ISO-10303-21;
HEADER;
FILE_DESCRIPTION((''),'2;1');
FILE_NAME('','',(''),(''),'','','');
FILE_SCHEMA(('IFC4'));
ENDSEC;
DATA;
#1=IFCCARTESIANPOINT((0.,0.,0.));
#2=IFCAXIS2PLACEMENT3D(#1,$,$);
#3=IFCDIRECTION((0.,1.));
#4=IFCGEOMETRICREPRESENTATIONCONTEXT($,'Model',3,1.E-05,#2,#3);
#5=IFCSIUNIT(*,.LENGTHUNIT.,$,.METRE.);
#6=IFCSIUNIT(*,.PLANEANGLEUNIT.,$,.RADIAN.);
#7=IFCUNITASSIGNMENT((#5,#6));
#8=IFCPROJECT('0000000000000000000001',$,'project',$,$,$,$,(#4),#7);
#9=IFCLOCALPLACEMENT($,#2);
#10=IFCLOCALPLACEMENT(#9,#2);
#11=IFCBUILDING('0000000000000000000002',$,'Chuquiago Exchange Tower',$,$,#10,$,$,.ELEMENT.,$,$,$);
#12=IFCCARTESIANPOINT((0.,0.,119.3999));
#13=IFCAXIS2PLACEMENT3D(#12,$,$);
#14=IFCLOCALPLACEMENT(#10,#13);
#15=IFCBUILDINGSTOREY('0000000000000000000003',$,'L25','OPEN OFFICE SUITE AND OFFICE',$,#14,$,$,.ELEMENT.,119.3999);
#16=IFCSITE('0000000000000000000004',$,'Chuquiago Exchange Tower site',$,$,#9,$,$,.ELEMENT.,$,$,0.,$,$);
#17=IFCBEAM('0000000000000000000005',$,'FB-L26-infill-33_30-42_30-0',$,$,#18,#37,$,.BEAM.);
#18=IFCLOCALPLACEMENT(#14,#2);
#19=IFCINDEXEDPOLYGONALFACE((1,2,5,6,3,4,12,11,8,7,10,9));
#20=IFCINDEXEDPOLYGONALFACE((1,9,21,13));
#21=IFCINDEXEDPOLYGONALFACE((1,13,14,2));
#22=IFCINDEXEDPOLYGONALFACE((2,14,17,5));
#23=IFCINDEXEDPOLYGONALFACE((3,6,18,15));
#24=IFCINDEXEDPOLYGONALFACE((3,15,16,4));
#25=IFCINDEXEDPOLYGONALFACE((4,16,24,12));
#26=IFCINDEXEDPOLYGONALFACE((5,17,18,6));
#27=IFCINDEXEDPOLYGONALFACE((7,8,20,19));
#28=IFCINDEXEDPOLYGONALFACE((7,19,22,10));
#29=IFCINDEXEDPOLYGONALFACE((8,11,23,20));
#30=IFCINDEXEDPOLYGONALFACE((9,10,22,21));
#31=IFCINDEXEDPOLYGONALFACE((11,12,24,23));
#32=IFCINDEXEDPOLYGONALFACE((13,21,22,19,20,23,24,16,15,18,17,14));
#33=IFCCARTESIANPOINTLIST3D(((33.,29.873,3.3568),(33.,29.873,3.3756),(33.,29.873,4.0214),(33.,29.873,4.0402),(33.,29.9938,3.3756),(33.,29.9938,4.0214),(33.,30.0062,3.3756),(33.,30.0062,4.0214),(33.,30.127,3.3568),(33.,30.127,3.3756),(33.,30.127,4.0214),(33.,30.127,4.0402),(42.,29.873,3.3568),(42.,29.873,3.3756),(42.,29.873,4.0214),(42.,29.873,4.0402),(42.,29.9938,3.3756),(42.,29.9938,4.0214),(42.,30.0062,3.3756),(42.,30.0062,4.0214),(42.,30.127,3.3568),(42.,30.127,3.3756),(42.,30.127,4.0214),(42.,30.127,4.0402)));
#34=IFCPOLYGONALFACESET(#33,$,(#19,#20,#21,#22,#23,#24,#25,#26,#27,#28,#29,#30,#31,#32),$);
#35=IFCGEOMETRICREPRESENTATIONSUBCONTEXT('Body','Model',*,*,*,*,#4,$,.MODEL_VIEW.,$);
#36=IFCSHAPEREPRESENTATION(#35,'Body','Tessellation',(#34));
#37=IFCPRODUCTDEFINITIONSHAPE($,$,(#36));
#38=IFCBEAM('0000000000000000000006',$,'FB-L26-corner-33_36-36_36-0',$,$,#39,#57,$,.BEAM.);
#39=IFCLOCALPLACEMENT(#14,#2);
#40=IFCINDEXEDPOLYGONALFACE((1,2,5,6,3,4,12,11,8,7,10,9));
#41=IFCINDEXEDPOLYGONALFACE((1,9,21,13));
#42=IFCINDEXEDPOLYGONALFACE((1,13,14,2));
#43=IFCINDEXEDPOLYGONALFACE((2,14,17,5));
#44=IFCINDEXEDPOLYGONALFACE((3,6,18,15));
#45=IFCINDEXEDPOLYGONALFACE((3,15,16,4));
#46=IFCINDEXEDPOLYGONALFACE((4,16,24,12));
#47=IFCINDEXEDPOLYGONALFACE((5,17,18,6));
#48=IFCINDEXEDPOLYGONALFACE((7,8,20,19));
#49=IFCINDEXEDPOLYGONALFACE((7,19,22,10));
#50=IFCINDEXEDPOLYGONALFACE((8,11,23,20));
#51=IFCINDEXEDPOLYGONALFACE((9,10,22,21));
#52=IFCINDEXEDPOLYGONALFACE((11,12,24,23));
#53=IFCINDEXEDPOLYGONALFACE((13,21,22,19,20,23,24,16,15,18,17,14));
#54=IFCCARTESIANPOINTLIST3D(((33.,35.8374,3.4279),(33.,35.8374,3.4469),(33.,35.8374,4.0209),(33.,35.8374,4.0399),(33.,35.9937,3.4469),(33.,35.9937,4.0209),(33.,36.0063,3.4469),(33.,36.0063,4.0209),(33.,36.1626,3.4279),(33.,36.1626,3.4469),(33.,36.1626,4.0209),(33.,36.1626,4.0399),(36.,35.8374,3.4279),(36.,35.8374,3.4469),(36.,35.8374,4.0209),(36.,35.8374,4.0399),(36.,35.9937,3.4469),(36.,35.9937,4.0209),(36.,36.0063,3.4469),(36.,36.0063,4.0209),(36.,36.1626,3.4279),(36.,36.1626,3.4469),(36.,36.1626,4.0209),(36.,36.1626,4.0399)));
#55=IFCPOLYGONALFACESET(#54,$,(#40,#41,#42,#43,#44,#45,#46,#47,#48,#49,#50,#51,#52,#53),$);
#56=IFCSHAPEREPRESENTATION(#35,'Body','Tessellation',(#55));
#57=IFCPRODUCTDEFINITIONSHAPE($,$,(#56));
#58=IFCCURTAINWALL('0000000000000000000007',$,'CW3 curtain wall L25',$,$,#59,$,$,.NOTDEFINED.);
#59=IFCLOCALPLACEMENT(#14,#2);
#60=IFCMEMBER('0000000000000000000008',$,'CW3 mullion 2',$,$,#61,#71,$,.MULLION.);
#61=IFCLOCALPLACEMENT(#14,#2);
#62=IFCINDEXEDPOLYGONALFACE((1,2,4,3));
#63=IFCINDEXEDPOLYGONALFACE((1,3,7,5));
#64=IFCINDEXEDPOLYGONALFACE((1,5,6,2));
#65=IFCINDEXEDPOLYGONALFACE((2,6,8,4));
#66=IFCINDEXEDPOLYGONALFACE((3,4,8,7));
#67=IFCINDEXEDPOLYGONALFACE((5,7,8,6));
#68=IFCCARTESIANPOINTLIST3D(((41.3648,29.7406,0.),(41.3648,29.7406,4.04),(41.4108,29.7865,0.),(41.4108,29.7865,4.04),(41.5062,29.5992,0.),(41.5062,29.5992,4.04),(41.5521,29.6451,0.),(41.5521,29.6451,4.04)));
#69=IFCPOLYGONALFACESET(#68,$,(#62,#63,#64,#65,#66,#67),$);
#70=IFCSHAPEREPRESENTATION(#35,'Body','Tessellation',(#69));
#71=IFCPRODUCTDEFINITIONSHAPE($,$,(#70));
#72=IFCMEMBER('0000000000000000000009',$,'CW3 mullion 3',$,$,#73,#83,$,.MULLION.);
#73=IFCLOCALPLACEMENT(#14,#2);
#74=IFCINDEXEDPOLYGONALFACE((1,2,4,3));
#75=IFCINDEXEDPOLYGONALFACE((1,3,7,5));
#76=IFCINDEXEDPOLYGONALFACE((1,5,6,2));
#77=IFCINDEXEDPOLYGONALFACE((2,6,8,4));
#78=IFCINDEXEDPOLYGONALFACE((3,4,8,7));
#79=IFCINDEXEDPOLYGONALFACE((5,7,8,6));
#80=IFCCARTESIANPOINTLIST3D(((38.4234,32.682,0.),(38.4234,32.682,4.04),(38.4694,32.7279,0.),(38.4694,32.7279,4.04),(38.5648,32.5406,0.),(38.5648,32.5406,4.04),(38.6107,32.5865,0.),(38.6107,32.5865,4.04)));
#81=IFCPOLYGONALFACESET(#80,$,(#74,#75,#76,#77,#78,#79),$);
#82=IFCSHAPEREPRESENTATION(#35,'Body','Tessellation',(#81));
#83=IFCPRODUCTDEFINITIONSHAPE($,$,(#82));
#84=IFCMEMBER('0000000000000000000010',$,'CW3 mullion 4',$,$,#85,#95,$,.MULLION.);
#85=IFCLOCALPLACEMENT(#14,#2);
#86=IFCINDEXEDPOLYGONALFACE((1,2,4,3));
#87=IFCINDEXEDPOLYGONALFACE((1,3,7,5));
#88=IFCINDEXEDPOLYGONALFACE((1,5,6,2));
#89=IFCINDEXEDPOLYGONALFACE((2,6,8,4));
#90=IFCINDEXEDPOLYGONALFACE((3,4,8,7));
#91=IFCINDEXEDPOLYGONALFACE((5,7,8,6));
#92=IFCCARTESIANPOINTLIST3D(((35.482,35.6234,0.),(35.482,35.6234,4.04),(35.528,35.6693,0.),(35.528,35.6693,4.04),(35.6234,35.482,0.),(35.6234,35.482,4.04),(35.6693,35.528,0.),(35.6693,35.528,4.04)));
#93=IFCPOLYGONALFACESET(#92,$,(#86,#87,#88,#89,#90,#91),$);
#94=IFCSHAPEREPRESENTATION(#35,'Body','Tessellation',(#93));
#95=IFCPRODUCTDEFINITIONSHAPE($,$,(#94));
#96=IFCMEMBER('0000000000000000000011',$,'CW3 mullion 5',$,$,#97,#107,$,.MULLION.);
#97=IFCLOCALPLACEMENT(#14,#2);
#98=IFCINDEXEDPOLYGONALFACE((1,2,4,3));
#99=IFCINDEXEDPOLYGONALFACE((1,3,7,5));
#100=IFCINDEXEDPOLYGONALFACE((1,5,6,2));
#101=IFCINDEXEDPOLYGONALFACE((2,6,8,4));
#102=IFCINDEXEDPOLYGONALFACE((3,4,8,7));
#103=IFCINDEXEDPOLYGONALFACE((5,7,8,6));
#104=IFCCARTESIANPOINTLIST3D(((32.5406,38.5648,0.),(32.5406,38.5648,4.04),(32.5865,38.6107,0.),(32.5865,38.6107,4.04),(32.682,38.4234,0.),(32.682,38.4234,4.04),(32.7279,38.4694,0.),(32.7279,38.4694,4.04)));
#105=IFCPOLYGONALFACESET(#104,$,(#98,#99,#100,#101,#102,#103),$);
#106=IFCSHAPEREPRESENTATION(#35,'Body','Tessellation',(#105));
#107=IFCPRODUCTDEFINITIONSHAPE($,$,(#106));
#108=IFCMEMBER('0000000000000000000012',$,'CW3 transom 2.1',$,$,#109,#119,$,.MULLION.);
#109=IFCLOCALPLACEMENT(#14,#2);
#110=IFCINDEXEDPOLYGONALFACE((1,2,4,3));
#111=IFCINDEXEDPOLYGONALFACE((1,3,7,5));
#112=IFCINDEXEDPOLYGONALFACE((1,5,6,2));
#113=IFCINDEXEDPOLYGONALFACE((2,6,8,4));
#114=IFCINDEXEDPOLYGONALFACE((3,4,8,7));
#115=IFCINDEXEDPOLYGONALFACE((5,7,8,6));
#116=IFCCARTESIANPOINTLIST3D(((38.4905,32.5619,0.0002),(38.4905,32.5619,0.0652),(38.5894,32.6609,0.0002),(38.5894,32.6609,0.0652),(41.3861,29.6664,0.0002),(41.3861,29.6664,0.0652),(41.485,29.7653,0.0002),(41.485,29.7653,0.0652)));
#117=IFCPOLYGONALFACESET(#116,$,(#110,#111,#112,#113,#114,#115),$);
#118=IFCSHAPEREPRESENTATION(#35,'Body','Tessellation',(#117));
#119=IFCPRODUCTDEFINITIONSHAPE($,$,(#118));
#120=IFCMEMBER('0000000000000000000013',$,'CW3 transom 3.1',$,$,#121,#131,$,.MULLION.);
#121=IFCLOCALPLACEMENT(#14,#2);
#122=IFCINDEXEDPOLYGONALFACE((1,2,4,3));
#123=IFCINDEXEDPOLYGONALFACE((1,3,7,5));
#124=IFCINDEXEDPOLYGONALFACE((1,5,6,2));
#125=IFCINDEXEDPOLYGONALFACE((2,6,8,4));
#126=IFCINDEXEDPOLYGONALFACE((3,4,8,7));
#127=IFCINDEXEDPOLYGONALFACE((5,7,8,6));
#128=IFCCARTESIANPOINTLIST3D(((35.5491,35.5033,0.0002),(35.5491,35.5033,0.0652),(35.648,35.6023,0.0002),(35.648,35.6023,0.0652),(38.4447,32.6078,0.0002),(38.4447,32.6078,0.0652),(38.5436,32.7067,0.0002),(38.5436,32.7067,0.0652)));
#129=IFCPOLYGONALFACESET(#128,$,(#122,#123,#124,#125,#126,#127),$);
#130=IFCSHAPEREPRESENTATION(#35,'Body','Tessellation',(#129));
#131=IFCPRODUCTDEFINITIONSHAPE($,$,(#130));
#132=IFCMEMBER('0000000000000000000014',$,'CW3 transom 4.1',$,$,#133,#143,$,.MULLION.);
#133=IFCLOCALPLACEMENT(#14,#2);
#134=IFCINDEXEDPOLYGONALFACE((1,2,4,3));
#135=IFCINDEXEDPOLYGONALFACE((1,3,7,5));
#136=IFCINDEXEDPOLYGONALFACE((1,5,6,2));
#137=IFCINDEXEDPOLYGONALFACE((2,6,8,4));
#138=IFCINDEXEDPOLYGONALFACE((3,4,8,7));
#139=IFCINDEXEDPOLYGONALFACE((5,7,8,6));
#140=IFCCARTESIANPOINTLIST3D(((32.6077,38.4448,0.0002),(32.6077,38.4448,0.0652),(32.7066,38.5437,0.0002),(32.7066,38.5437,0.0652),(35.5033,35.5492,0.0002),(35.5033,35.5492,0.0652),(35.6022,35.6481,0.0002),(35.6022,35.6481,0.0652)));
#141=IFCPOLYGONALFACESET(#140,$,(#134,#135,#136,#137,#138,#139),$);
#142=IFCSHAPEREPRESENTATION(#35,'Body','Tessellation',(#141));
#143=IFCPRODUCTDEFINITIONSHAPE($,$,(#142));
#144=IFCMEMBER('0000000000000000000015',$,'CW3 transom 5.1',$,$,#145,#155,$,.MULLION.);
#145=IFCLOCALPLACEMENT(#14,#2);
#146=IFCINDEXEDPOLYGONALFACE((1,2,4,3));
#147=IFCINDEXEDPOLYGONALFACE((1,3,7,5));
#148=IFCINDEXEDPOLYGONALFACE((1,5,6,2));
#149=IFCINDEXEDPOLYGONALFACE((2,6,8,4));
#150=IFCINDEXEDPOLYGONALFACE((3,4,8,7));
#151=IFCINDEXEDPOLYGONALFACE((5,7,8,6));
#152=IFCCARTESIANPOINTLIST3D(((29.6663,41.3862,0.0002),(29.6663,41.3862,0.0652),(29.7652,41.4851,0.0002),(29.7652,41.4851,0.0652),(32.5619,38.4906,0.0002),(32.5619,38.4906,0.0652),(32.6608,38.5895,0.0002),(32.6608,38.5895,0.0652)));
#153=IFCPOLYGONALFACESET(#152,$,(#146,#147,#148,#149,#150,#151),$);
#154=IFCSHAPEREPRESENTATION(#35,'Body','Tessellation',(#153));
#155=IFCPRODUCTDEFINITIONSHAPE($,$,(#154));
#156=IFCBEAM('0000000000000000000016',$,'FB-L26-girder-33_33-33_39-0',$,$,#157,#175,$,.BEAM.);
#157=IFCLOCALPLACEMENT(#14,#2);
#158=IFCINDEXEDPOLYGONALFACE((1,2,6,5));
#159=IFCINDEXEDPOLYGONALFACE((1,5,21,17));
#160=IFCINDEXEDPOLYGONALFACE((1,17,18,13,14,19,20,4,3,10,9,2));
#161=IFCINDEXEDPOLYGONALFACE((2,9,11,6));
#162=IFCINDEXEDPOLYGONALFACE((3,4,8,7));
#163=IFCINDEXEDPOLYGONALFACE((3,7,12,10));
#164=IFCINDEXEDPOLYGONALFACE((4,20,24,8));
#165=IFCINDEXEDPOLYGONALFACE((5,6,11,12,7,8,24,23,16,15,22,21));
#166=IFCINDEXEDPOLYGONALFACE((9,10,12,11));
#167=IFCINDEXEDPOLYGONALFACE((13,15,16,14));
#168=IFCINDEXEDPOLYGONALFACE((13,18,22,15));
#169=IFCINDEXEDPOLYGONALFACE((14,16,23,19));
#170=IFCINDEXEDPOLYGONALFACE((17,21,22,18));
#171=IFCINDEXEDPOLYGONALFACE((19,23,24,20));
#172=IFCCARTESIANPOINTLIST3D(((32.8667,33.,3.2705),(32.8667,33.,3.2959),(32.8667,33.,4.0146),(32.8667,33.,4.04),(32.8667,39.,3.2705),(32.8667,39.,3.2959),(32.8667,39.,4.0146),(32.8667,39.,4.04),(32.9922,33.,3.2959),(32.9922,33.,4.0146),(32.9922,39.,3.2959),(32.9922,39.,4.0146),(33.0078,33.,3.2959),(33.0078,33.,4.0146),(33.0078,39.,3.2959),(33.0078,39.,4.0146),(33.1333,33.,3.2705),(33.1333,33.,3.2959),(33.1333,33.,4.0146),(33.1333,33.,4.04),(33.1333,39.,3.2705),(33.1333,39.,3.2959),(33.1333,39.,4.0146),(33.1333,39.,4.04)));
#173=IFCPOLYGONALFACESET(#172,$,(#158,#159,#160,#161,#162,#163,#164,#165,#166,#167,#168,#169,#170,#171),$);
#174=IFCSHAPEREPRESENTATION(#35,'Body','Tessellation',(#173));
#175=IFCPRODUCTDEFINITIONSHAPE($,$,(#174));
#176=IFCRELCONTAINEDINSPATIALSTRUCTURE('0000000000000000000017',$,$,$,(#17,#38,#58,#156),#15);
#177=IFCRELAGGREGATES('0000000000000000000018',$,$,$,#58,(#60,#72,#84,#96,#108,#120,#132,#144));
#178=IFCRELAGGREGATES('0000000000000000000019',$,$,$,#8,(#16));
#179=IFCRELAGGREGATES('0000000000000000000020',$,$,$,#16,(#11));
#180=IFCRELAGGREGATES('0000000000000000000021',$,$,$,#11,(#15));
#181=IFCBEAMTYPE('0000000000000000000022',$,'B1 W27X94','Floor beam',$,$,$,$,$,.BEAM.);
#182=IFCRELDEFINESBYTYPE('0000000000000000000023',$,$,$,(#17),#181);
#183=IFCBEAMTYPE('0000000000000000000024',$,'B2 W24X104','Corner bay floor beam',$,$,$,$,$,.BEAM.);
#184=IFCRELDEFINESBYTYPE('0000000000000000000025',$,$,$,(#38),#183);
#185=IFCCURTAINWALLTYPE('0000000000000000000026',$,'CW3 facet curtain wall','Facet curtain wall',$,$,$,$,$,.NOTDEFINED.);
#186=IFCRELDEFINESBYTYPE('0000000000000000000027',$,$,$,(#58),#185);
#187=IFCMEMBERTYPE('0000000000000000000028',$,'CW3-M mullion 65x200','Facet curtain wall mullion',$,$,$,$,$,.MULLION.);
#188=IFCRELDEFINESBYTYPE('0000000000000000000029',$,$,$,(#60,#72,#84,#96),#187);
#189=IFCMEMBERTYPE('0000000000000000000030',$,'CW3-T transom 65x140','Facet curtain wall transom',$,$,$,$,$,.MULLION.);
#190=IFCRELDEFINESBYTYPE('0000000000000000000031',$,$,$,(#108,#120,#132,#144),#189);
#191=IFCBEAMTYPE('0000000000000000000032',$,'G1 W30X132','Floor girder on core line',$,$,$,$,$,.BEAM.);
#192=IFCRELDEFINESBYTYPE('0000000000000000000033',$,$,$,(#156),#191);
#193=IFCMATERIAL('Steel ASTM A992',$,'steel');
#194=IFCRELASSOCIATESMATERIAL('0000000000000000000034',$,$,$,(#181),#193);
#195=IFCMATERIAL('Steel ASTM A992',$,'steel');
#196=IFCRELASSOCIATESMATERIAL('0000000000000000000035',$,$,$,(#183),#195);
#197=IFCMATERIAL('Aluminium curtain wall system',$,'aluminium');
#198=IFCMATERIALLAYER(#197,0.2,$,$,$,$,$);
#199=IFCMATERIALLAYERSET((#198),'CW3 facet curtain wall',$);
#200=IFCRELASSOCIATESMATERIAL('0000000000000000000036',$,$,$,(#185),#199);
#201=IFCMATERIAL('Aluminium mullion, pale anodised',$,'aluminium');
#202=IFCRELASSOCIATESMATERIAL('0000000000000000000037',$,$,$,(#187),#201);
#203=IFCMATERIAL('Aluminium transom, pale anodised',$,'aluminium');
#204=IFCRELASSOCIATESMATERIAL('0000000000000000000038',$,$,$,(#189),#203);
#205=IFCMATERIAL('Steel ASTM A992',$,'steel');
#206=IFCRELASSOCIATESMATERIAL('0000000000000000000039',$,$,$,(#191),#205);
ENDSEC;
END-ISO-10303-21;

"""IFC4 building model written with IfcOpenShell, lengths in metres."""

from ifc_helpers import new_model, si_unit, direction, frame, origin, origin_2d, place, context, subcontext, project, spatial, rectangle, i_section, extrude, material, layer, layer_set, material_profile, profile_set, type_object, element, aggregate, save


model = new_model("IFC4")

# Units and contexts
model_context = context("Model", 3, precision=1e-05, world=origin(), true_north=direction((0.0, 1.0)))
body_context = subcontext(model_context, "Body", "Model", "MODEL_VIEW")
ifc_project = project(units=[si_unit("LENGTHUNIT", "METRE"), si_unit("PLANEANGLEUNIT", "RADIAN")], contexts=[model_context])

# Site, building, storey
site_placement = place(None, origin())
site = spatial("IfcSite", under=ifc_project, at=site_placement, Name="Chuquiago Exchange Tower site", CompositionType="ELEMENT", RefElevation=0.0)
building_placement = place(site_placement, origin())
building = spatial("IfcBuilding", under=site, at=building_placement, Name="Chuquiago Exchange Tower", CompositionType="ELEMENT")
storey_placement = place(building_placement, frame((0.0, 0.0, 119.3999)))
storey = spatial("IfcBuildingStorey", under=building, at=storey_placement, Name="L25", Description="OPEN OFFICE SUITE AND OFFICE", CompositionType="ELEMENT", Elevation=119.3999)

# Beams
ifc_material_1 = material(Name="Steel ASTM A992", Category="steel")
ifc_material_profile_1 = material_profile(ifc_material_1, i_section(OverallWidth=0.2539, OverallDepth=0.6833, WebThickness=0.0125, FlangeThickness=0.0188, at=origin_2d()), Name="W27X94")
ifc_profile_set_1 = profile_set([ifc_material_profile_1], Name="Steel ASTM A992")
beam_type_1 = type_object("IfcBeamType", Name="B1 W27X94", Description="Floor beam", PredefinedType="BEAM", material=ifc_profile_set_1)
beam_1_placement = place(storey_placement, frame((33.0, 30.0, 3.6985), z_axis=(1.0, 0.0, 0.0), x_axis=(0.0, 1.0, 0.0)))
element("IfcBeam", 1, at=beam_1_placement, inside=storey, type_object=beam_type_1, Name="FB-L26-infill-33_30-42_30-0", PredefinedType="BEAM", context=body_context, shape_type="SweptSolid", body=[
    extrude(i_section(OverallWidth=0.2539, OverallDepth=0.6833, WebThickness=0.0125, FlangeThickness=0.0188, at=origin_2d()), origin(), (0.0, 0.0, 1.0), 9.0),
])
ifc_material_2 = material(Name="Steel ASTM A992", Category="steel")
ifc_material_profile_2 = material_profile(ifc_material_2, i_section(OverallWidth=0.3252, OverallDepth=0.6121, WebThickness=0.0127, FlangeThickness=0.019, at=origin_2d()), Name="W24X104")
ifc_profile_set_2 = profile_set([ifc_material_profile_2], Name="Steel ASTM A992")
beam_type_2 = type_object("IfcBeamType", Name="B2 W24X104", Description="Corner bay floor beam", PredefinedType="BEAM", material=ifc_profile_set_2)
beam_2_placement = place(storey_placement, frame((33.0, 36.0, 3.7339), z_axis=(1.0, 0.0, 0.0), x_axis=(0.0, 1.0, 0.0)))
element("IfcBeam", 2, at=beam_2_placement, inside=storey, type_object=beam_type_2, Name="FB-L26-corner-33_36-36_36-0", PredefinedType="BEAM", context=body_context, shape_type="SweptSolid", body=[
    extrude(i_section(OverallWidth=0.3252, OverallDepth=0.6121, WebThickness=0.0127, FlangeThickness=0.019, at=origin_2d()), origin(), (0.0, 0.0, 1.0), 3.0),
])

# Curtain wall, members
ifc_material_3 = material(Name="Aluminium curtain wall system", Category="aluminium")
ifc_layer_1 = layer(ifc_material_3, 0.2)
ifc_layer_set_1 = layer_set([ifc_layer_1], Name="CW3 facet curtain wall")
curtain_wall_type = type_object("IfcCurtainWallType", Name="CW3 facet curtain wall", Description="Facet curtain wall", PredefinedType="NOTDEFINED", material=ifc_layer_set_1)
curtain_wall_placement = place(storey_placement, origin())
curtain_wall = element("IfcCurtainWall", 3, at=curtain_wall_placement, inside=storey, type_object=curtain_wall_type, Name="CW3 curtain wall L25", PredefinedType="NOTDEFINED")
ifc_material_4 = material(Name="Aluminium mullion, pale anodised", Category="aluminium")
ifc_material_profile_3 = material_profile(ifc_material_4, rectangle(XDim=0.0649, YDim=0.2, at=origin_2d()), Name="AL 65x200")
ifc_profile_set_3 = profile_set([ifc_material_profile_3], Name="Aluminium mullion, pale anodised")
member_type_1 = type_object("IfcMemberType", Name="CW3-M mullion 65x200", Description="Facet curtain wall mullion", PredefinedType="MULLION", material=ifc_profile_set_3)
member_1_placement = place(storey_placement, frame((41.4585, 29.6929, 0.0), z_axis=(0.0, 0.0, 1.0), x_axis=(-0.707107, -0.707107, 0.0)))
member_1 = element("IfcMember", 4, at=member_1_placement, type_object=member_type_1, Name="CW3 mullion 2", PredefinedType="MULLION", context=body_context, shape_type="SweptSolid", body=[
    extrude(rectangle(XDim=0.0649, YDim=0.2, at=origin_2d()), origin(), (0.0, 0.0, 1.0), 4.04),
])
member_2_placement = place(storey_placement, frame((38.5171, 32.6343, 0.0), z_axis=(0.0, 0.0, 1.0), x_axis=(-0.707107, -0.707107, 0.0)))
member_2 = element("IfcMember", 5, at=member_2_placement, type_object=member_type_1, Name="CW3 mullion 3", PredefinedType="MULLION", context=body_context, shape_type="SweptSolid", body=[
    extrude(rectangle(XDim=0.0649, YDim=0.2, at=origin_2d()), origin(), (0.0, 0.0, 1.0), 4.04),
])
member_3_placement = place(storey_placement, frame((35.5757, 35.5757, 0.0), z_axis=(0.0, 0.0, 1.0), x_axis=(-0.707107, -0.707107, 0.0)))
member_3 = element("IfcMember", 6, at=member_3_placement, type_object=member_type_1, Name="CW3 mullion 4", PredefinedType="MULLION", context=body_context, shape_type="SweptSolid", body=[
    extrude(rectangle(XDim=0.0649, YDim=0.2, at=origin_2d()), origin(), (0.0, 0.0, 1.0), 4.04),
])
member_4_placement = place(storey_placement, frame((32.6343, 38.5171, 0.0), z_axis=(0.0, 0.0, 1.0), x_axis=(-0.707107, -0.707107, 0.0)))
member_4 = element("IfcMember", 7, at=member_4_placement, type_object=member_type_1, Name="CW3 mullion 5", PredefinedType="MULLION", context=body_context, shape_type="SweptSolid", body=[
    extrude(rectangle(XDim=0.0649, YDim=0.2, at=origin_2d()), origin(), (0.0, 0.0, 1.0), 4.04),
])
ifc_material_5 = material(Name="Aluminium transom, pale anodised", Category="aluminium")
ifc_material_profile_4 = material_profile(ifc_material_5, rectangle(XDim=0.1399, YDim=0.0649, at=origin_2d()), Name="AL 140x65")
ifc_profile_set_4 = profile_set([ifc_material_profile_4], Name="Aluminium transom, pale anodised")
member_type_2 = type_object("IfcMemberType", Name="CW3-T transom 65x140", Description="Facet curtain wall transom", PredefinedType="MULLION", material=ifc_profile_set_4)
member_5_placement = place(storey_placement, frame((41.4355, 29.7158, 0.0327), z_axis=(-0.707107, 0.707107, 0.0), x_axis=(-0.707107, -0.707107, 0.0)))
member_5 = element("IfcMember", 8, at=member_5_placement, type_object=member_type_2, Name="CW3 transom 2.1", PredefinedType="MULLION", context=body_context, shape_type="SweptSolid", body=[
    extrude(rectangle(XDim=0.1399, YDim=0.0649, at=origin_2d()), origin(), (0.0, 0.0, 1.0), 4.095),
])
member_6_placement = place(storey_placement, frame((38.4941, 32.6572, 0.0327), z_axis=(-0.707107, 0.707107, 0.0), x_axis=(-0.707107, -0.707107, 0.0)))
member_6 = element("IfcMember", 9, at=member_6_placement, type_object=member_type_2, Name="CW3 transom 3.1", PredefinedType="MULLION", context=body_context, shape_type="SweptSolid", body=[
    extrude(rectangle(XDim=0.1399, YDim=0.0649, at=origin_2d()), origin(), (0.0, 0.0, 1.0), 4.095),
])
member_7_placement = place(storey_placement, frame((35.5527, 35.5986, 0.0327), z_axis=(-0.707107, 0.707107, 0.0), x_axis=(-0.707107, -0.707107, 0.0)))
member_7 = element("IfcMember", 10, at=member_7_placement, type_object=member_type_2, Name="CW3 transom 4.1", PredefinedType="MULLION", context=body_context, shape_type="SweptSolid", body=[
    extrude(rectangle(XDim=0.1399, YDim=0.0649, at=origin_2d()), origin(), (0.0, 0.0, 1.0), 4.095),
])
member_8_placement = place(storey_placement, frame((32.6113, 38.54, 0.0327), z_axis=(-0.707107, 0.707107, 0.0), x_axis=(-0.707107, -0.707107, 0.0)))
member_8 = element("IfcMember", 11, at=member_8_placement, type_object=member_type_2, Name="CW3 transom 5.1", PredefinedType="MULLION", context=body_context, shape_type="SweptSolid", body=[
    extrude(rectangle(XDim=0.1399, YDim=0.0649, at=origin_2d()), origin(), (0.0, 0.0, 1.0), 4.095),
])

# Beam
ifc_material_6 = material(Name="Steel ASTM A992", Category="steel")
ifc_material_profile_5 = material_profile(ifc_material_6, i_section(OverallWidth=0.2666, OverallDepth=0.7695, WebThickness=0.0156, FlangeThickness=0.0254, at=origin_2d()), Name="W30X132")
ifc_profile_set_5 = profile_set([ifc_material_profile_5], Name="Steel ASTM A992")
beam_type_3 = type_object("IfcBeamType", Name="G1 W30X132", Description="Floor girder on core line", PredefinedType="BEAM", material=ifc_profile_set_5)
for number, where, z_axis, x_axis, name in (
    (12, (33.0, 33.0, 3.6553), (0.0, 1.0, 0.0), (-1.0, 0.0, 0.0), "FB-L26-girder-33_33-33_39-0"),
):
    element("IfcBeam", number, at=place(storey_placement, frame(where, z_axis=z_axis, x_axis=x_axis)), inside=storey, type_object=beam_type_3, Name=name, PredefinedType="BEAM", context=body_context, shape_type="SweptSolid", body=[
        extrude(i_section(OverallWidth=0.2666, OverallDepth=0.7695, WebThickness=0.0156, FlangeThickness=0.0254, at=origin_2d()), origin(), (0.0, 0.0, 1.0), 6.0),
    ])

aggregate(curtain_wall, [member_1, member_2, member_3, member_4, member_5, member_6, member_7, member_8])

save(model, "model.ifc")
